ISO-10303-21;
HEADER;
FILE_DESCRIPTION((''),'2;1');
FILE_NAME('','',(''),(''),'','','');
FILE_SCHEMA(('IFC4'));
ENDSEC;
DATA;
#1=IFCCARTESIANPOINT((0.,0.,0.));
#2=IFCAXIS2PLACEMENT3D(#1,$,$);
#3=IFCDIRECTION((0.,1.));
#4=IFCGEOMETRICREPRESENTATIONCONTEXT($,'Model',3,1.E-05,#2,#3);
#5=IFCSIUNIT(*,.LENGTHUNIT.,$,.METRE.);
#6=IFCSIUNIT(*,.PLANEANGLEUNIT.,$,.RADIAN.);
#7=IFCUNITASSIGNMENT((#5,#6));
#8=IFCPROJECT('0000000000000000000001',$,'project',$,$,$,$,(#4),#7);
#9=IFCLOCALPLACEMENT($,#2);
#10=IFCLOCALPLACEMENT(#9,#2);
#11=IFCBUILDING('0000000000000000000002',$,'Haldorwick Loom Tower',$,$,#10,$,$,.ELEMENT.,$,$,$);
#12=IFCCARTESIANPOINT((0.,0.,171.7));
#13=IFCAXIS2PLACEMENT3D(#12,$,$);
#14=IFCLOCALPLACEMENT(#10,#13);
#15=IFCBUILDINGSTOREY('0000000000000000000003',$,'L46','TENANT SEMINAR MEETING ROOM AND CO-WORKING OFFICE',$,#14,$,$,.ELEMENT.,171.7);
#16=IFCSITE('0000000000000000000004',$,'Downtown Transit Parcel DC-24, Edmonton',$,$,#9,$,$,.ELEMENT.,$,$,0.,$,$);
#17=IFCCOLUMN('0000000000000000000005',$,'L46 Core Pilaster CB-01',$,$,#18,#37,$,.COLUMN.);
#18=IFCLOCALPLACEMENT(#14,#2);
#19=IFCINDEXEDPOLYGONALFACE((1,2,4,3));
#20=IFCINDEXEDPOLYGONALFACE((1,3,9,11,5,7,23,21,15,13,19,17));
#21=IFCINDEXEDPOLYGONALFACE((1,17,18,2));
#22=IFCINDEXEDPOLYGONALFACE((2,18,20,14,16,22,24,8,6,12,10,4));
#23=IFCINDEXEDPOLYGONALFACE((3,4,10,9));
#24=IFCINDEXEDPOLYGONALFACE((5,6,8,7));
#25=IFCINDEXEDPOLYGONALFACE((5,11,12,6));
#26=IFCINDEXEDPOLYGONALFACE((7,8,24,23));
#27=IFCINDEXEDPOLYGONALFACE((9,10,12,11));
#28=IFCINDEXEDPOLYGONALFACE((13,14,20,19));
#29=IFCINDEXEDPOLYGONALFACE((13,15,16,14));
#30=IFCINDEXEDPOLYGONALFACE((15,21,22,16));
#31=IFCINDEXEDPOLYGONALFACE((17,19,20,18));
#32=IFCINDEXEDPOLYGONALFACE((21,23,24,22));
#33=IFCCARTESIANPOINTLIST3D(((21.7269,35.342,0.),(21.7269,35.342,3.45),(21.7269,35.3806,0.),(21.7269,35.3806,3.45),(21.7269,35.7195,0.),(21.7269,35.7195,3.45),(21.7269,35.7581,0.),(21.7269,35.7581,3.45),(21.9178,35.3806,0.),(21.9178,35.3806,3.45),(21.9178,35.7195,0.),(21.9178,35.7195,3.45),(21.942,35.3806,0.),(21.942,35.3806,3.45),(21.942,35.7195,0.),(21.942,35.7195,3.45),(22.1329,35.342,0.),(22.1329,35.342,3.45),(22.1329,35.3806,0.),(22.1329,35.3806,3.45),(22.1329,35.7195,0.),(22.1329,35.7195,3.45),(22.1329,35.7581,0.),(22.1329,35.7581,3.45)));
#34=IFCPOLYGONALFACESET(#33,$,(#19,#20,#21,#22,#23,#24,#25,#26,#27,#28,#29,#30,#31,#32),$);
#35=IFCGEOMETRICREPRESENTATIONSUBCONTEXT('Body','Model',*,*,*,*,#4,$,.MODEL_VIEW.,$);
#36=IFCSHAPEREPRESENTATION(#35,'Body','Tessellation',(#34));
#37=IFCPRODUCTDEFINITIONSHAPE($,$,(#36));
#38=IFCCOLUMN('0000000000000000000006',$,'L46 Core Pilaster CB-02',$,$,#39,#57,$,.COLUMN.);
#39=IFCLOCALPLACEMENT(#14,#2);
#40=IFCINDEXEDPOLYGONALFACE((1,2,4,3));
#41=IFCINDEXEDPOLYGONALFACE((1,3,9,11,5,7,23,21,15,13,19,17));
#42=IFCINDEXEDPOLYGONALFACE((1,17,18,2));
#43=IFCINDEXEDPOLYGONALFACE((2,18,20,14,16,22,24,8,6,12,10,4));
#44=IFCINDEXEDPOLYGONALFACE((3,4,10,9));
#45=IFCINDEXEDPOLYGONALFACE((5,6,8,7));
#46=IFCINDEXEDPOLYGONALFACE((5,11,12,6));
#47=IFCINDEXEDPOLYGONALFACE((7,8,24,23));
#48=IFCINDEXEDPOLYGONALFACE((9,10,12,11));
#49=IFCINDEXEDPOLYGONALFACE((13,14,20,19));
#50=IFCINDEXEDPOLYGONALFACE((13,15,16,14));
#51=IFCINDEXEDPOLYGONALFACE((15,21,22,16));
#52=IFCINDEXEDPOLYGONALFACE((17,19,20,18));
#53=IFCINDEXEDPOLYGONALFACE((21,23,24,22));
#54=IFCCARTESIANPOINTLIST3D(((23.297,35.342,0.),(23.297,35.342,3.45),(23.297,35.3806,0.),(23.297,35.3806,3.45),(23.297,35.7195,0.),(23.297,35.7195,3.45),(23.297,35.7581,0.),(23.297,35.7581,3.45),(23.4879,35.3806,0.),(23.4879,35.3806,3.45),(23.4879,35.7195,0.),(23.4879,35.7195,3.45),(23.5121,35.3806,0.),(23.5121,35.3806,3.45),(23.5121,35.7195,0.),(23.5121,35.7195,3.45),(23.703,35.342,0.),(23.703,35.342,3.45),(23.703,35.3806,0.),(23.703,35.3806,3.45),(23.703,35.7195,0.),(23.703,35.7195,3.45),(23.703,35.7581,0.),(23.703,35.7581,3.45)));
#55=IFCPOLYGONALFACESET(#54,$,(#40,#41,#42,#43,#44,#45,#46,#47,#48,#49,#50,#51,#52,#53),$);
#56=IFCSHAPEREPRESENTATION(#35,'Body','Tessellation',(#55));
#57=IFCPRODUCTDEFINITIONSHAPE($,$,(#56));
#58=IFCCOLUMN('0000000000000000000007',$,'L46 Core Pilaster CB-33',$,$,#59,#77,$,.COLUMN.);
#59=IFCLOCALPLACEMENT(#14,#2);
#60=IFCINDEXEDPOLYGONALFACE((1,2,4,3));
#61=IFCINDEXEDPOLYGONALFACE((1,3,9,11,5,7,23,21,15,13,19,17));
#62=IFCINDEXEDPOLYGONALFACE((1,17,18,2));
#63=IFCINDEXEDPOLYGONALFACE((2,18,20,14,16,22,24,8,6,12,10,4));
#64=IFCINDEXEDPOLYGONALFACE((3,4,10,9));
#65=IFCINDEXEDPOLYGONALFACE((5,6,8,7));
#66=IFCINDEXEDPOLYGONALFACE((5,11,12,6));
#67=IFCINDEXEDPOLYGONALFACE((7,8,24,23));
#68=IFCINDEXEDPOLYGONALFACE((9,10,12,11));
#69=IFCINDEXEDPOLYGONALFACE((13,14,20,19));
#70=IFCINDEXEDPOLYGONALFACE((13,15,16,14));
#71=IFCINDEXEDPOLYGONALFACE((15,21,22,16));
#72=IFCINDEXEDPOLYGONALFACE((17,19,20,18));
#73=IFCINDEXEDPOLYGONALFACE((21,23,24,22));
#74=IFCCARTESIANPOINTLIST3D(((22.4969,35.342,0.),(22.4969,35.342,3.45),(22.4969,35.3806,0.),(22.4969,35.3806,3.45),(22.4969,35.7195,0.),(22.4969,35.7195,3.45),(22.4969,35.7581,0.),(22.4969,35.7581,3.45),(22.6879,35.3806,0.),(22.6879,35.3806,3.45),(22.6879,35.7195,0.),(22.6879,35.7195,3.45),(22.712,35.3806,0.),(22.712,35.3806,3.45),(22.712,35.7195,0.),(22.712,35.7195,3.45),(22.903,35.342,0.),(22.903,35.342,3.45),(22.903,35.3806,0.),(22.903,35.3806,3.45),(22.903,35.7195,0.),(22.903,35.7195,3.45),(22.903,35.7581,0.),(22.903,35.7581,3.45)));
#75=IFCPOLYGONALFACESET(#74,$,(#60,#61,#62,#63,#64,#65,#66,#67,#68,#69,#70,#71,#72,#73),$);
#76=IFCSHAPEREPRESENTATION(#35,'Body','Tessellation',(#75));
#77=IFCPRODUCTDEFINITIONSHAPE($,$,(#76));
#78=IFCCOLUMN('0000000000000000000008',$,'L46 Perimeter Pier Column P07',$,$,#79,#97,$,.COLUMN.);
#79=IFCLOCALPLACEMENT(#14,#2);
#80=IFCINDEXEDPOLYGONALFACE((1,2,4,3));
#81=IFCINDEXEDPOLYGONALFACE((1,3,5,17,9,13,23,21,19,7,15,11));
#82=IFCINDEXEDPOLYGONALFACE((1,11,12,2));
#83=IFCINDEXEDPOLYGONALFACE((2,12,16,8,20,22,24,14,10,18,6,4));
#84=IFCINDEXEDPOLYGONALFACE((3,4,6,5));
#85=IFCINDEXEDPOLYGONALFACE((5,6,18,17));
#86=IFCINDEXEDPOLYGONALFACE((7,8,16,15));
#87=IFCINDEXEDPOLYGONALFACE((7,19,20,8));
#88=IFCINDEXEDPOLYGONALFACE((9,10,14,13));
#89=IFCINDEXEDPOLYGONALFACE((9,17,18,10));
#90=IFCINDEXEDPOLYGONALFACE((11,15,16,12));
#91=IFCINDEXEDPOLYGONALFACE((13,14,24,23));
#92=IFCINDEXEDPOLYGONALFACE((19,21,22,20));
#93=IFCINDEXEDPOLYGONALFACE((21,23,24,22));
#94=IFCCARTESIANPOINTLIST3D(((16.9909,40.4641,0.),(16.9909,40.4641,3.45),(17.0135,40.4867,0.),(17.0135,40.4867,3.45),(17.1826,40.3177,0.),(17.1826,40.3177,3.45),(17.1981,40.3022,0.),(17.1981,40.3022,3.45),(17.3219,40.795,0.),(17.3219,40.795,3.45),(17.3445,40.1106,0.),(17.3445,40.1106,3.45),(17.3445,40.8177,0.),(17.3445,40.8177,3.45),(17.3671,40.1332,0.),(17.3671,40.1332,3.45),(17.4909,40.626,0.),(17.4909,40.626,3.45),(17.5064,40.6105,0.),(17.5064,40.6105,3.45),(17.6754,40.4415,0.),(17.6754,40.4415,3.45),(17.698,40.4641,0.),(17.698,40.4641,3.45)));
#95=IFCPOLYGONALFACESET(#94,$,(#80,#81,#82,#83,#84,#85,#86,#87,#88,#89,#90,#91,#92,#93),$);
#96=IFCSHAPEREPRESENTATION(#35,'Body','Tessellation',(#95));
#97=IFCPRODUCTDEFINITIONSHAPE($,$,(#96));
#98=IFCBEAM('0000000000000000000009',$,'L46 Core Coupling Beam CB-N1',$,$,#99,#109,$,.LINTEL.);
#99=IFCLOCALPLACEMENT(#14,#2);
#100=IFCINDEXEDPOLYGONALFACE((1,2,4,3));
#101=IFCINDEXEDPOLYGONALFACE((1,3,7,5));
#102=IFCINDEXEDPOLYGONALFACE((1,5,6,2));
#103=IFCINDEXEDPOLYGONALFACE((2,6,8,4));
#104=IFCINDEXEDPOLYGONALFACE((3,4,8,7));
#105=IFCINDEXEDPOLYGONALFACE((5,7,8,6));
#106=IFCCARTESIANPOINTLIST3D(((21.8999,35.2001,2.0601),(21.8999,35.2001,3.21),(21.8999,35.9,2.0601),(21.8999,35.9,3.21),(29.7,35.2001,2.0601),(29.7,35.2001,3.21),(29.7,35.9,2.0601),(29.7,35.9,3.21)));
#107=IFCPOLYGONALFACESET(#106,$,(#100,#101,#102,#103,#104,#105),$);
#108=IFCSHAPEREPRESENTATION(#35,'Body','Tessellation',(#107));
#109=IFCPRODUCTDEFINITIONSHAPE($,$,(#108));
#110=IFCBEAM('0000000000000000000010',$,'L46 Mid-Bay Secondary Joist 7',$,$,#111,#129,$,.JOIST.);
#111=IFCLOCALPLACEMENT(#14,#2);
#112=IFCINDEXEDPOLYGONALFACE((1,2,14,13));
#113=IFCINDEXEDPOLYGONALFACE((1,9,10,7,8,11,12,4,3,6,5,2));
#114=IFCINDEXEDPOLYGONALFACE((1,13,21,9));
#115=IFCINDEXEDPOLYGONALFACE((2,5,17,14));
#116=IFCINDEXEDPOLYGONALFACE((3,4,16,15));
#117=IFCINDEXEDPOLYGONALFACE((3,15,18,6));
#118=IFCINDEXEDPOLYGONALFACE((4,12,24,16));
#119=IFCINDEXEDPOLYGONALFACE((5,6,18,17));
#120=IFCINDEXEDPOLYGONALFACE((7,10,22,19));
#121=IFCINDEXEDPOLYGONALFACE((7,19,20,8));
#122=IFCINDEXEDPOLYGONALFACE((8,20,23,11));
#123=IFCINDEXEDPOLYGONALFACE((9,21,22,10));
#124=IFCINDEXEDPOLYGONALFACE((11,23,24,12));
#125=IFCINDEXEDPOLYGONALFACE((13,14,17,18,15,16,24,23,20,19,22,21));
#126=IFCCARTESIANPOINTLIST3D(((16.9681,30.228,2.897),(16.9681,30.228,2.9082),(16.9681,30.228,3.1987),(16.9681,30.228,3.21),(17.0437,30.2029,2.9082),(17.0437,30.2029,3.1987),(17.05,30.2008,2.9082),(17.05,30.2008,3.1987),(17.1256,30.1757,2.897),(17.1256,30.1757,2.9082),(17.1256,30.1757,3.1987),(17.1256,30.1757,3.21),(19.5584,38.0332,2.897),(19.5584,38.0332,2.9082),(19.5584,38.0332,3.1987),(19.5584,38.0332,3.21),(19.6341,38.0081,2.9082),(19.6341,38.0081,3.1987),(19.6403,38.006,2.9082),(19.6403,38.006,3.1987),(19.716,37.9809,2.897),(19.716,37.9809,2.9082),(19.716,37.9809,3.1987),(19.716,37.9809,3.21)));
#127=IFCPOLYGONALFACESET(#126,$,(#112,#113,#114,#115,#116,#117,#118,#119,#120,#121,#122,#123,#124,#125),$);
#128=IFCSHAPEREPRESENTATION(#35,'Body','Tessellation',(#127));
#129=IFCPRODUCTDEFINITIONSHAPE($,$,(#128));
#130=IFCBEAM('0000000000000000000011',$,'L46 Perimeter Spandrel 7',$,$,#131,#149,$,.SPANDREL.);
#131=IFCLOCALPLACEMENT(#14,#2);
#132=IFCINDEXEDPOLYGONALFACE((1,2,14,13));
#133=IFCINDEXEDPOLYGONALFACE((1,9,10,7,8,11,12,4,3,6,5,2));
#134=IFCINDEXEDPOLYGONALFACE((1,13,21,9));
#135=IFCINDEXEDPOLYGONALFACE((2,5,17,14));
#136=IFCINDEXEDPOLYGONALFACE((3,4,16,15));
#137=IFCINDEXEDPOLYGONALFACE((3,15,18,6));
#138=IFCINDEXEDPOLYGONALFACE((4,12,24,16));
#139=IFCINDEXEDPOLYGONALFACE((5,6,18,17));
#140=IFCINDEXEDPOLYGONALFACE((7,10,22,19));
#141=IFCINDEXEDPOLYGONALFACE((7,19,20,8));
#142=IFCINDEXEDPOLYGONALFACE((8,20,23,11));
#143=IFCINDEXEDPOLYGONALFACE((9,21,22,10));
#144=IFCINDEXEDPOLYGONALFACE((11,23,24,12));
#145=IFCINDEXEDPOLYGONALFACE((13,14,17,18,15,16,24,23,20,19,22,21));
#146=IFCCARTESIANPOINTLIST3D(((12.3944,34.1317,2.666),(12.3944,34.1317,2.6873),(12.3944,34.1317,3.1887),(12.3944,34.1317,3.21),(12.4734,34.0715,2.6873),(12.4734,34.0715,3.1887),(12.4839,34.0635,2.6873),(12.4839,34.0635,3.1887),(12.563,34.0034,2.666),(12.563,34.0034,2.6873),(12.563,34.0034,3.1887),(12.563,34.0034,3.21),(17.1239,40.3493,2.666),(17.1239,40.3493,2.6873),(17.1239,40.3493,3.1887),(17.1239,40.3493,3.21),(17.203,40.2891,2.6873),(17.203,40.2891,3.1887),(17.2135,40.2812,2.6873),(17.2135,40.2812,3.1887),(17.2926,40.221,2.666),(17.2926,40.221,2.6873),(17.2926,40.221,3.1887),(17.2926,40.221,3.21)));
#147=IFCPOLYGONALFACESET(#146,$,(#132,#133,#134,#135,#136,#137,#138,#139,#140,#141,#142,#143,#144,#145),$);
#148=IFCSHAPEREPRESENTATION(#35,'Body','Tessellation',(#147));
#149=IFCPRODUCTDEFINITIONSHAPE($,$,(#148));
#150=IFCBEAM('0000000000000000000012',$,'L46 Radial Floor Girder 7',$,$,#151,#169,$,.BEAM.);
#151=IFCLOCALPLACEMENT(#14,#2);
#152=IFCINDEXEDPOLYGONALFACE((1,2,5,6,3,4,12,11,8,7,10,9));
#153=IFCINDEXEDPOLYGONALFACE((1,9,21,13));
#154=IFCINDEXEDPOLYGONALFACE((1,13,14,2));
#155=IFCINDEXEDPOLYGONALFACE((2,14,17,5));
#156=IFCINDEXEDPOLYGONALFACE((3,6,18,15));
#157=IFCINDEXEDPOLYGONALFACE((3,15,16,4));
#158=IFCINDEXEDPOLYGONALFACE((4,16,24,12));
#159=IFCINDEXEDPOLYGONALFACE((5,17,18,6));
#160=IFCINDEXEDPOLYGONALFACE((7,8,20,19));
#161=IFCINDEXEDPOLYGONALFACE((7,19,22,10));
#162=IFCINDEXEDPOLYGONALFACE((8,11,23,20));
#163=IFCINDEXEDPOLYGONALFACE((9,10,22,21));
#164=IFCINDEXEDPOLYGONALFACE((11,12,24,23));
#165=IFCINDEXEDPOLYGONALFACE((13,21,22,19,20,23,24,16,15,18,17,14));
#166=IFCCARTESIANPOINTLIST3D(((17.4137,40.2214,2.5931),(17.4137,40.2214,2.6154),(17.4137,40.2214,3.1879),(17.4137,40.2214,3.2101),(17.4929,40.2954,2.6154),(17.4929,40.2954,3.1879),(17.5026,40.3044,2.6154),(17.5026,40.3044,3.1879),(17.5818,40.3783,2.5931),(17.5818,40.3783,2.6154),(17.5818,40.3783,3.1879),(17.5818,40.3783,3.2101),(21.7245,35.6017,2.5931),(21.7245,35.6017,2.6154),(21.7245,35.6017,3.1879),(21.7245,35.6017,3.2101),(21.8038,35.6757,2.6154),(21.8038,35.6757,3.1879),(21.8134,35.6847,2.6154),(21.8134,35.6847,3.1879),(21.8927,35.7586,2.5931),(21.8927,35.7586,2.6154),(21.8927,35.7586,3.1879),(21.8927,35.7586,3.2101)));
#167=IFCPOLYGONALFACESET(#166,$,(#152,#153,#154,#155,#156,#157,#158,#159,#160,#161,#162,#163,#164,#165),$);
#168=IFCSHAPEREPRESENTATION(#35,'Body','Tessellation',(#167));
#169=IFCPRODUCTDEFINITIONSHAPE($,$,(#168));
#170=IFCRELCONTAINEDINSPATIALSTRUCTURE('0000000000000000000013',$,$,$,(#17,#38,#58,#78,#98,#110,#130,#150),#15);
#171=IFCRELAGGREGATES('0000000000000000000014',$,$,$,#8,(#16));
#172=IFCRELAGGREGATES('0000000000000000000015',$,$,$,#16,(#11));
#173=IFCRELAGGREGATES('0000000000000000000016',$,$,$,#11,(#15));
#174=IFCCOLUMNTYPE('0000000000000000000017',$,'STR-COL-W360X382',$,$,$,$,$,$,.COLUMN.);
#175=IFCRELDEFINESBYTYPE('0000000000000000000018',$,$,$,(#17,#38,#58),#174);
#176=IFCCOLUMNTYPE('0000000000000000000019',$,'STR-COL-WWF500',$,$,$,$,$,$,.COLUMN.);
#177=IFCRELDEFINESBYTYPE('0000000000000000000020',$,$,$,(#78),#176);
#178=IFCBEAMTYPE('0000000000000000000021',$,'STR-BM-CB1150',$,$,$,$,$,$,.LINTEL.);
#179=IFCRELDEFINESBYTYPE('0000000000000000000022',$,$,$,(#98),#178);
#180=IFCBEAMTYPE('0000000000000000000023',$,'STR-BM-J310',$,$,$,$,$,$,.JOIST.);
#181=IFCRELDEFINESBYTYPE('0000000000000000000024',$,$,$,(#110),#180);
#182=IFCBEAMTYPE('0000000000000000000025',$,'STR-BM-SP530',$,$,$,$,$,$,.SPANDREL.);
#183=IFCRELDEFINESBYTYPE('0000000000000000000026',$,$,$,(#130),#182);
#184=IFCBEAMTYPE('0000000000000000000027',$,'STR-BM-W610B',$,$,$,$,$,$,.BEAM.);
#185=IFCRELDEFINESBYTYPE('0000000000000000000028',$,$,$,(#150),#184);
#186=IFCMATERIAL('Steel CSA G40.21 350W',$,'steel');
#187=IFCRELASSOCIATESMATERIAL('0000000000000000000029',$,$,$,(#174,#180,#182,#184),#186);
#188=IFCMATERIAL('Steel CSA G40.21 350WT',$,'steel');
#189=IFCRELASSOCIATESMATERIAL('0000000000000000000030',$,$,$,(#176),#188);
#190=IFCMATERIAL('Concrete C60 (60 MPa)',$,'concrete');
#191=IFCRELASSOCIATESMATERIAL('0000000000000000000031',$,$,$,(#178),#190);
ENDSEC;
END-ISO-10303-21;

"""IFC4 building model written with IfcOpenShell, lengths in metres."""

from ifc_helpers import new_model, si_unit, direction, frame, origin, origin_2d, place, context, subcontext, project, spatial, rectangle, i_section, extrude, material, material_profile, profile_set, type_object, element, save


model = new_model("IFC4")

# Units and contexts
model_context = context("Model", 3, precision=1e-05, world=origin(), true_north=direction((0.0, 1.0)))
body_context = subcontext(model_context, "Body", "Model", "MODEL_VIEW")
ifc_project = project(units=[si_unit("LENGTHUNIT", "METRE"), si_unit("PLANEANGLEUNIT", "RADIAN")], contexts=[model_context])

# Site, building, storey
site_placement = place(None, origin())
site = spatial("IfcSite", under=ifc_project, at=site_placement, Name="Downtown Transit Parcel DC-24, Edmonton", CompositionType="ELEMENT", RefElevation=0.0)
building_placement = place(site_placement, origin())
building = spatial("IfcBuilding", under=site, at=building_placement, Name="Haldorwick Loom Tower", CompositionType="ELEMENT")
storey_placement = place(building_placement, frame((0.0, 0.0, 171.7)))
storey = spatial("IfcBuildingStorey", under=building, at=storey_placement, Name="L46", Description="TENANT SEMINAR MEETING ROOM AND CO-WORKING OFFICE", CompositionType="ELEMENT", Elevation=171.7)

# Columns
ifc_material_1 = material(Name="Steel CSA G40.21 350W", Category="steel")
ifc_material_profile_1 = material_profile(ifc_material_1, i_section(OverallWidth=0.406, OverallDepth=0.416, WebThickness=0.0242, FlangeThickness=0.0386, at=origin_2d()), Name="W360X382", Category="steel")
ifc_profile_set_1 = profile_set([ifc_material_profile_1], Name="Steel CSA G40.21 350W")
column_type_1 = type_object("IfcColumnType", Name="STR-COL-W360X382", PredefinedType="COLUMN", material=ifc_profile_set_1)
for number, where, z_axis, x_axis, name in (
    (1, (21.9299, 35.55, 0.0), (0.0, 0.0, 1.0), (1.0, 0.0, 0.0), "L46 Core Pilaster CB-01"),
    (2, (23.5, 35.55, 0.0), (0.0, 0.0, 1.0), (1.0, 0.0, 0.0), "L46 Core Pilaster CB-02"),
    (3, (22.7, 35.55, 0.0), (0.0, 0.0, 1.0), (1.0, 0.0, 0.0), "L46 Core Pilaster CB-33"),
):
    element("IfcColumn", number, at=place(storey_placement, frame(where, z_axis=z_axis, x_axis=x_axis)), inside=storey, type_object=column_type_1, Name=name, PredefinedType="COLUMN", context=body_context, shape_type="SweptSolid", body=[
        extrude(i_section(OverallWidth=0.406, OverallDepth=0.416, WebThickness=0.0242, FlangeThickness=0.0386, at=origin_2d()), origin(), (0.0, 0.0, 1.0), 3.45),
    ])
ifc_material_2 = material(Name="Steel CSA G40.21 350WT", Category="steel")
ifc_material_profile_2 = material_profile(ifc_material_2, i_section(OverallWidth=0.5, OverallDepth=0.5, WebThickness=0.022, FlangeThickness=0.032, at=origin_2d()), Name="WWF500X500", Category="steel")
ifc_profile_set_2 = profile_set([ifc_material_profile_2], Name="Steel CSA G40.21 350WT")
column_type_2 = type_object("IfcColumnType", Name="STR-COL-WWF500", PredefinedType="COLUMN", material=ifc_profile_set_2)
column_placement = place(storey_placement, frame((17.3445, 40.4641, 0.0), z_axis=(0.0, 0.0, 1.0), x_axis=(-0.707107, 0.707107, 0.0)))
element("IfcColumn", 4, at=column_placement, inside=storey, type_object=column_type_2, Name="L46 Perimeter Pier Column P07", PredefinedType="COLUMN", context=body_context, shape_type="SweptSolid", body=[
    extrude(i_section(OverallWidth=0.5, OverallDepth=0.5, WebThickness=0.022, FlangeThickness=0.032, at=origin_2d()), origin(), (0.0, 0.0, 1.0), 3.45),
])

# Beams
ifc_material_3 = material(Name="Concrete C60 (60 MPa)", Category="concrete")
ifc_material_profile_3 = material_profile(ifc_material_3, rectangle(XDim=0.7, YDim=1.1499, at=origin_2d()), Name="RC700X1150", Category="concrete")
ifc_profile_set_3 = profile_set([ifc_material_profile_3], Name="Concrete C60 (60 MPa)")
beam_type_1 = type_object("IfcBeamType", Name="STR-BM-CB1150", PredefinedType="LINTEL", material=ifc_profile_set_3)
beam_1_placement = place(storey_placement, frame((21.8999, 35.55, 2.635), z_axis=(1.0, 0.0, 0.0), x_axis=(0.0, 1.0, 0.0)))
element("IfcBeam", 5, at=beam_1_placement, inside=storey, type_object=beam_type_1, Name="L46 Core Coupling Beam CB-N1", PredefinedType="LINTEL", context=body_context, shape_type="SweptSolid", body=[
    extrude(rectangle(XDim=0.7, YDim=1.1499, at=origin_2d()), origin(), (0.0, 0.0, 1.0), 7.8),
])
ifc_material_profile_4 = material_profile(ifc_material_1, i_section(OverallWidth=0.166, OverallDepth=0.313, WebThickness=0.0066, FlangeThickness=0.0112, at=origin_2d()), Name="W310X45", Category="steel")
ifc_profile_set_4 = profile_set([ifc_material_profile_4], Name="Steel CSA G40.21 350W")
beam_type_2 = type_object("IfcBeamType", Name="STR-BM-J310", PredefinedType="JOIST", material=ifc_profile_set_4)
beam_2_placement = place(storey_placement, frame((19.6372, 38.0071, 3.0535), z_axis=(-0.314981, -0.949098, 0.0), x_axis=(0.949098, -0.314981, 0.0)))
element("IfcBeam", 6, at=beam_2_placement, inside=storey, type_object=beam_type_2, Name="L46 Mid-Bay Secondary Joist 7", PredefinedType="JOIST", context=body_context, shape_type="SweptSolid", body=[
    extrude(i_section(OverallWidth=0.166, OverallDepth=0.313, WebThickness=0.0066, FlangeThickness=0.0112, at=origin_2d()), origin(), (0.0, 0.0, 1.0), 8.2239),
])
ifc_material_profile_5 = material_profile(ifc_material_1, i_section(OverallWidth=0.2119, OverallDepth=0.5439, WebThickness=0.0132, FlangeThickness=0.0212, at=origin_2d()), Name="W530X123", Category="steel")
ifc_profile_set_5 = profile_set([ifc_material_profile_5], Name="Steel CSA G40.21 350W")
beam_type_3 = type_object("IfcBeamType", Name="STR-BM-SP530", PredefinedType="SPANDREL", material=ifc_profile_set_5)
beam_3_placement = place(storey_placement, frame((17.2083, 40.2852, 2.938), z_axis=(-0.605422, -0.795905, 0.0), x_axis=(0.795905, -0.605422, 0.0)))
element("IfcBeam", 7, at=beam_3_placement, inside=storey, type_object=beam_type_3, Name="L46 Perimeter Spandrel 7", PredefinedType="SPANDREL", context=body_context, shape_type="SweptSolid", body=[
    extrude(i_section(OverallWidth=0.2119, OverallDepth=0.5439, WebThickness=0.0132, FlangeThickness=0.0212, at=origin_2d()), origin(), (0.0, 0.0, 1.0), 7.812),
])
ifc_material_profile_6 = material_profile(ifc_material_1, i_section(OverallWidth=0.23, OverallDepth=0.6169, WebThickness=0.0132, FlangeThickness=0.0222, at=origin_2d()), Name="W610X140", Category="steel")
ifc_profile_set_6 = profile_set([ifc_material_profile_6], Name="Steel CSA G40.21 350W")
beam_type_4 = type_object("IfcBeamType", Name="STR-BM-W610B", PredefinedType="BEAM", material=ifc_profile_set_6)
beam_4_placement = place(storey_placement, frame((21.8086, 35.6802, 2.9016), z_axis=(-0.682245, 0.731123, 0.0), x_axis=(-0.731123, -0.682245, 0.0)))
element("IfcBeam", 8, at=beam_4_placement, inside=storey, type_object=beam_type_4, Name="L46 Radial Floor Girder 7", PredefinedType="BEAM", context=body_context, shape_type="SweptSolid", body=[
    extrude(i_section(OverallWidth=0.23, OverallDepth=0.6169, WebThickness=0.0132, FlangeThickness=0.0222, at=origin_2d()), origin(), (0.0, 0.0, 1.0), 6.3186),
])

save(model, "model.ifc")
